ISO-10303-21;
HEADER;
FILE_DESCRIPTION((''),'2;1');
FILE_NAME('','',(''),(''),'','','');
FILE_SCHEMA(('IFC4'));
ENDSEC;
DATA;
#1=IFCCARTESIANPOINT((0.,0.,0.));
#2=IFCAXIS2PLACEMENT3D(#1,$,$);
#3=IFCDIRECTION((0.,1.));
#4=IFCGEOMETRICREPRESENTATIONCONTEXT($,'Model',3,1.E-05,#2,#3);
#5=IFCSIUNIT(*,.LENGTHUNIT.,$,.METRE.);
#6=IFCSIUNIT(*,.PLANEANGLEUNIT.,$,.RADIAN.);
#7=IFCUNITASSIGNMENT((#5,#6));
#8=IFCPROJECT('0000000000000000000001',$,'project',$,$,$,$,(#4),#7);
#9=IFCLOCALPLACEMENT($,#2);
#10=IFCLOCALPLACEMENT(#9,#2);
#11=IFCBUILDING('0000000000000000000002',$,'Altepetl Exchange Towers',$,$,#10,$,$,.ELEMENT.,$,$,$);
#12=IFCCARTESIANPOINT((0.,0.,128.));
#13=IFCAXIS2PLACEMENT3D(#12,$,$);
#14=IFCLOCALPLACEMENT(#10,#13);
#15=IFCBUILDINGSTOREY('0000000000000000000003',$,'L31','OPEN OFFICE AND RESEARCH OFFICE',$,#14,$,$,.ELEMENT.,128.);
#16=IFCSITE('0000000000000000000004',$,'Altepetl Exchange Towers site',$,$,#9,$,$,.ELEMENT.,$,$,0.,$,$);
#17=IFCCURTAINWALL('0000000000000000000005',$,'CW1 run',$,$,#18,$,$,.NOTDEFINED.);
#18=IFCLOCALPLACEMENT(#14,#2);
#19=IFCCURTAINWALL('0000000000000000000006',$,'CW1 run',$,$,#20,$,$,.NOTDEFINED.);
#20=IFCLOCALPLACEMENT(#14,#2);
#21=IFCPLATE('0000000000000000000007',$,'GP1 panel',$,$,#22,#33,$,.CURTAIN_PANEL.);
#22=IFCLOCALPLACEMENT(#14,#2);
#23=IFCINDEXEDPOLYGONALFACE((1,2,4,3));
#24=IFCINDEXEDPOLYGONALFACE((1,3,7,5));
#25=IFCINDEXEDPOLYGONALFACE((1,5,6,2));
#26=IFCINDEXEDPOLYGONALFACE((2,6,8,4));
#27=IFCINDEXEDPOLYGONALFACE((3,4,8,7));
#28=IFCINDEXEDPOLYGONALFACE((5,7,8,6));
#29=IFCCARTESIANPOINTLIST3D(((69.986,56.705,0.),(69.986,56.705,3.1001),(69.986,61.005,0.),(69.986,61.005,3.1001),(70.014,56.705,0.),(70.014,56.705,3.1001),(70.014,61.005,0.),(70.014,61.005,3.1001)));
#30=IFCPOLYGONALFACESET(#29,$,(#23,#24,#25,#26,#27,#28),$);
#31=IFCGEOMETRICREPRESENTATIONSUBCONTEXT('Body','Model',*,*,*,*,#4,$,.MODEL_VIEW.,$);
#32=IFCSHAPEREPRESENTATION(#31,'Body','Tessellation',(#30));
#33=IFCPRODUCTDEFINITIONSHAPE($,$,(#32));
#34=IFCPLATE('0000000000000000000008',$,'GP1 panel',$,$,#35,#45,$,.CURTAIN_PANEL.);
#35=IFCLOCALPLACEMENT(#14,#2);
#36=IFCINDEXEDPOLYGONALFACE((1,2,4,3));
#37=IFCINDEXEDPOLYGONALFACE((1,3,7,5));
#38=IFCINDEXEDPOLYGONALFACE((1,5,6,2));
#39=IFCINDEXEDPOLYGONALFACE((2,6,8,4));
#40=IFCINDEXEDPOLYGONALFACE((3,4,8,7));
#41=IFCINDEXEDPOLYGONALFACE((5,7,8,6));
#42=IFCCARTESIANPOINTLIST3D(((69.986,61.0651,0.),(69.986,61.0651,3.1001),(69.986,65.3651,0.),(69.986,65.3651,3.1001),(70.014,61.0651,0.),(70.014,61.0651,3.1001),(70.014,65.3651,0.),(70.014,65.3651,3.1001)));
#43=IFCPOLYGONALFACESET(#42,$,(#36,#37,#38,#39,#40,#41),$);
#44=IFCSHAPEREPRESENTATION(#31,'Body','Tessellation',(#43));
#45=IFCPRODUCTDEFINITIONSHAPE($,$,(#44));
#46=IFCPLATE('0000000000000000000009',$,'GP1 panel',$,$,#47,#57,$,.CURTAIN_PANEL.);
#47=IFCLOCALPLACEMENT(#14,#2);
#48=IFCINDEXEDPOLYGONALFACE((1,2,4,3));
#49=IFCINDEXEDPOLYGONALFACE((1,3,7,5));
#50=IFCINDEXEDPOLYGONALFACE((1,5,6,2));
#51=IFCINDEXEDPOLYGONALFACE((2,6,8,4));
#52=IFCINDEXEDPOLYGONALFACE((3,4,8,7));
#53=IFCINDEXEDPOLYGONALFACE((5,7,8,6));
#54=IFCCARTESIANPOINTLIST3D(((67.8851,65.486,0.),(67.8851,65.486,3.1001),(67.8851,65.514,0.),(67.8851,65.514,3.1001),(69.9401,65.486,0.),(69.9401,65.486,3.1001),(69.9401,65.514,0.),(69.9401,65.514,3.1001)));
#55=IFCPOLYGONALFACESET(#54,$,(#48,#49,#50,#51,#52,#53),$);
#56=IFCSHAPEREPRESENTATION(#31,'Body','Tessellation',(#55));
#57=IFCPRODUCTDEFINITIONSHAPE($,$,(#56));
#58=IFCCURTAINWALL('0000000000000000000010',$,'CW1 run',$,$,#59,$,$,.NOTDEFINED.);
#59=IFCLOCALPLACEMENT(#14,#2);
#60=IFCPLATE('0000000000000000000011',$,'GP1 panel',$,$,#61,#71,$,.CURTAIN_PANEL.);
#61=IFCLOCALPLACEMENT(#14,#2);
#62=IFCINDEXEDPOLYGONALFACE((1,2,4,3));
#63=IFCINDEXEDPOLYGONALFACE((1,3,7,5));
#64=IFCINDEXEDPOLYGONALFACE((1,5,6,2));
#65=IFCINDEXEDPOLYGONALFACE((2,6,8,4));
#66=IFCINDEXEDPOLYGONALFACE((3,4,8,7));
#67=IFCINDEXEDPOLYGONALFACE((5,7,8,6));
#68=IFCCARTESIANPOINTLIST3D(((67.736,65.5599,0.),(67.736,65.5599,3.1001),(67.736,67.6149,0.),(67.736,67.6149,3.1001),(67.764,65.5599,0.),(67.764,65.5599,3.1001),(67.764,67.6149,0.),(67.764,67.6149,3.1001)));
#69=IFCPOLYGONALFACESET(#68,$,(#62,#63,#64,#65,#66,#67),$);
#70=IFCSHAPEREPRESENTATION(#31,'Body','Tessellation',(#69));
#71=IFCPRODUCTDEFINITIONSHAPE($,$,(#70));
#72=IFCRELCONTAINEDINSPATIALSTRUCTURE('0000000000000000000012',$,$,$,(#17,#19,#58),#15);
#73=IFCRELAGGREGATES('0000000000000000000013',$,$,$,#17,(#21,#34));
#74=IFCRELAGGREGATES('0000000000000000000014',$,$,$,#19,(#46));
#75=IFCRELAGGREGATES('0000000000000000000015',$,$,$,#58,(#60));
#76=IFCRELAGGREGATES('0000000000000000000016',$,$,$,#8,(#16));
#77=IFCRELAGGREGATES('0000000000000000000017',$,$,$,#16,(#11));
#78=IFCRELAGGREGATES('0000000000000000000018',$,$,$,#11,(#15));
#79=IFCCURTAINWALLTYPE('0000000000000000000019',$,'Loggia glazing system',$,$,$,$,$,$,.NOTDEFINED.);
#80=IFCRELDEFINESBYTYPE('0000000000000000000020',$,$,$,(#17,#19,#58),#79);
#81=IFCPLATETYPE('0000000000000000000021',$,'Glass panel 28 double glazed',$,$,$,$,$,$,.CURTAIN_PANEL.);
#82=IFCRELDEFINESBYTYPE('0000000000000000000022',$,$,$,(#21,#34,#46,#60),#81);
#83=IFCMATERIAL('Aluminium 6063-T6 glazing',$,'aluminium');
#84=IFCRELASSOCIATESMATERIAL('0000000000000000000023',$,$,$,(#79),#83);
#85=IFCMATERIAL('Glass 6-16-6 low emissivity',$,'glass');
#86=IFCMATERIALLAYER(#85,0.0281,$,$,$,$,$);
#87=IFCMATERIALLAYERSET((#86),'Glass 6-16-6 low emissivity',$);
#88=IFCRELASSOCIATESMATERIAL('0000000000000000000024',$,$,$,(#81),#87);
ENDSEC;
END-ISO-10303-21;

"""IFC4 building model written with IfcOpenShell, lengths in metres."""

from ifc_helpers import new_model, si_unit, direction, frame, origin, origin_2d, place, context, subcontext, project, spatial, rectangle, extrude, material, layer, layer_set, type_object, element, aggregate, save


model = new_model("IFC4")

# Units and contexts
model_context = context("Model", 3, precision=1e-05, world=origin(), true_north=direction((0.0, 1.0)))
body_context = subcontext(model_context, "Body", "Model", "MODEL_VIEW")
ifc_project = project(units=[si_unit("LENGTHUNIT", "METRE"), si_unit("PLANEANGLEUNIT", "RADIAN")], contexts=[model_context])

# Site, building, storey
site_placement = place(None, origin())
site = spatial("IfcSite", under=ifc_project, at=site_placement, Name="Altepetl Exchange Towers site", CompositionType="ELEMENT", RefElevation=0.0)
building_placement = place(site_placement, origin())
building = spatial("IfcBuilding", under=site, at=building_placement, Name="Altepetl Exchange Towers", CompositionType="ELEMENT")
storey_placement = place(building_placement, frame((0.0, 0.0, 128.0)))
storey = spatial("IfcBuildingStorey", under=building, at=storey_placement, Name="L31", Description="OPEN OFFICE AND RESEARCH OFFICE", CompositionType="ELEMENT", Elevation=128.0)

# Curtain walls
ifc_material_1 = material(Name="Aluminium 6063-T6 glazing", Category="aluminium")
curtain_wall_type = type_object("IfcCurtainWallType", Name="Loggia glazing system", PredefinedType="NOTDEFINED", material=ifc_material_1)
curtain_wall_1_placement = place(storey_placement, origin())
curtain_wall_1 = element("IfcCurtainWall", 1, at=curtain_wall_1_placement, inside=storey, type_object=curtain_wall_type, Name="CW1 run", PredefinedType="NOTDEFINED")
curtain_wall_2_placement = place(storey_placement, origin())
curtain_wall_2 = element("IfcCurtainWall", 2, at=curtain_wall_2_placement, inside=storey, type_object=curtain_wall_type, Name="CW1 run", PredefinedType="NOTDEFINED")

# Plates
ifc_material_2 = material(Name="Glass 6-16-6 low emissivity", Category="glass")
ifc_layer = layer(ifc_material_2, 0.0281)
ifc_layer_set = layer_set([ifc_layer], Name="Glass 6-16-6 low emissivity")
plate_type = type_object("IfcPlateType", Name="Glass panel 28 double glazed", PredefinedType="CURTAIN_PANEL", material=ifc_layer_set)
plate_1_placement = place(storey_placement, frame((70.0, 58.855, 0.0), z_axis=(0.0, 0.0, 1.0), x_axis=(0.0, 1.0, 0.0)))
plate_1 = element("IfcPlate", 3, at=plate_1_placement, type_object=plate_type, Name="GP1 panel", PredefinedType="CURTAIN_PANEL", context=body_context, shape_type="SweptSolid", body=[
    extrude(rectangle(XDim=4.3, YDim=0.0281, at=origin_2d()), origin(), (0.0, 0.0, 1.0), 3.1001),
])
plate_2_placement = place(storey_placement, frame((70.0, 63.2151, 0.0), z_axis=(0.0, 0.0, 1.0), x_axis=(0.0, 1.0, 0.0)))
plate_2 = element("IfcPlate", 4, at=plate_2_placement, type_object=plate_type, Name="GP1 panel", PredefinedType="CURTAIN_PANEL", context=body_context, shape_type="SweptSolid", body=[
    extrude(rectangle(XDim=4.3, YDim=0.0281, at=origin_2d()), origin(), (0.0, 0.0, 1.0), 3.1001),
])
aggregate(curtain_wall_1, [plate_1, plate_2])
plate_3_placement = place(storey_placement, frame((68.9126, 65.5, 0.0), z_axis=(0.0, 0.0, 1.0), x_axis=(-1.0, 0.0, 0.0)))
plate_3 = element("IfcPlate", 5, at=plate_3_placement, type_object=plate_type, Name="GP1 panel", PredefinedType="CURTAIN_PANEL", context=body_context, shape_type="SweptSolid", body=[
    extrude(rectangle(XDim=2.0549, YDim=0.0281, at=origin_2d()), origin(), (0.0, 0.0, 1.0), 3.1001),
])
aggregate(curtain_wall_2, [plate_3])

# Curtain wall, plate
curtain_wall_3_placement = place(storey_placement, origin())
curtain_wall_3 = element("IfcCurtainWall", 6, at=curtain_wall_3_placement, inside=storey, type_object=curtain_wall_type, Name="CW1 run", PredefinedType="NOTDEFINED")
plate_4_placement = place(storey_placement, frame((67.75, 66.5874, 0.0), z_axis=(0.0, 0.0, 1.0), x_axis=(0.0, 1.0, 0.0)))
plate_4 = element("IfcPlate", 7, at=plate_4_placement, type_object=plate_type, Name="GP1 panel", PredefinedType="CURTAIN_PANEL", context=body_context, shape_type="SweptSolid", body=[
    extrude(rectangle(XDim=2.0549, YDim=0.0281, at=origin_2d()), origin(), (0.0, 0.0, 1.0), 3.1001),
])
aggregate(curtain_wall_3, [plate_4])

save(model, "model.ifc")
